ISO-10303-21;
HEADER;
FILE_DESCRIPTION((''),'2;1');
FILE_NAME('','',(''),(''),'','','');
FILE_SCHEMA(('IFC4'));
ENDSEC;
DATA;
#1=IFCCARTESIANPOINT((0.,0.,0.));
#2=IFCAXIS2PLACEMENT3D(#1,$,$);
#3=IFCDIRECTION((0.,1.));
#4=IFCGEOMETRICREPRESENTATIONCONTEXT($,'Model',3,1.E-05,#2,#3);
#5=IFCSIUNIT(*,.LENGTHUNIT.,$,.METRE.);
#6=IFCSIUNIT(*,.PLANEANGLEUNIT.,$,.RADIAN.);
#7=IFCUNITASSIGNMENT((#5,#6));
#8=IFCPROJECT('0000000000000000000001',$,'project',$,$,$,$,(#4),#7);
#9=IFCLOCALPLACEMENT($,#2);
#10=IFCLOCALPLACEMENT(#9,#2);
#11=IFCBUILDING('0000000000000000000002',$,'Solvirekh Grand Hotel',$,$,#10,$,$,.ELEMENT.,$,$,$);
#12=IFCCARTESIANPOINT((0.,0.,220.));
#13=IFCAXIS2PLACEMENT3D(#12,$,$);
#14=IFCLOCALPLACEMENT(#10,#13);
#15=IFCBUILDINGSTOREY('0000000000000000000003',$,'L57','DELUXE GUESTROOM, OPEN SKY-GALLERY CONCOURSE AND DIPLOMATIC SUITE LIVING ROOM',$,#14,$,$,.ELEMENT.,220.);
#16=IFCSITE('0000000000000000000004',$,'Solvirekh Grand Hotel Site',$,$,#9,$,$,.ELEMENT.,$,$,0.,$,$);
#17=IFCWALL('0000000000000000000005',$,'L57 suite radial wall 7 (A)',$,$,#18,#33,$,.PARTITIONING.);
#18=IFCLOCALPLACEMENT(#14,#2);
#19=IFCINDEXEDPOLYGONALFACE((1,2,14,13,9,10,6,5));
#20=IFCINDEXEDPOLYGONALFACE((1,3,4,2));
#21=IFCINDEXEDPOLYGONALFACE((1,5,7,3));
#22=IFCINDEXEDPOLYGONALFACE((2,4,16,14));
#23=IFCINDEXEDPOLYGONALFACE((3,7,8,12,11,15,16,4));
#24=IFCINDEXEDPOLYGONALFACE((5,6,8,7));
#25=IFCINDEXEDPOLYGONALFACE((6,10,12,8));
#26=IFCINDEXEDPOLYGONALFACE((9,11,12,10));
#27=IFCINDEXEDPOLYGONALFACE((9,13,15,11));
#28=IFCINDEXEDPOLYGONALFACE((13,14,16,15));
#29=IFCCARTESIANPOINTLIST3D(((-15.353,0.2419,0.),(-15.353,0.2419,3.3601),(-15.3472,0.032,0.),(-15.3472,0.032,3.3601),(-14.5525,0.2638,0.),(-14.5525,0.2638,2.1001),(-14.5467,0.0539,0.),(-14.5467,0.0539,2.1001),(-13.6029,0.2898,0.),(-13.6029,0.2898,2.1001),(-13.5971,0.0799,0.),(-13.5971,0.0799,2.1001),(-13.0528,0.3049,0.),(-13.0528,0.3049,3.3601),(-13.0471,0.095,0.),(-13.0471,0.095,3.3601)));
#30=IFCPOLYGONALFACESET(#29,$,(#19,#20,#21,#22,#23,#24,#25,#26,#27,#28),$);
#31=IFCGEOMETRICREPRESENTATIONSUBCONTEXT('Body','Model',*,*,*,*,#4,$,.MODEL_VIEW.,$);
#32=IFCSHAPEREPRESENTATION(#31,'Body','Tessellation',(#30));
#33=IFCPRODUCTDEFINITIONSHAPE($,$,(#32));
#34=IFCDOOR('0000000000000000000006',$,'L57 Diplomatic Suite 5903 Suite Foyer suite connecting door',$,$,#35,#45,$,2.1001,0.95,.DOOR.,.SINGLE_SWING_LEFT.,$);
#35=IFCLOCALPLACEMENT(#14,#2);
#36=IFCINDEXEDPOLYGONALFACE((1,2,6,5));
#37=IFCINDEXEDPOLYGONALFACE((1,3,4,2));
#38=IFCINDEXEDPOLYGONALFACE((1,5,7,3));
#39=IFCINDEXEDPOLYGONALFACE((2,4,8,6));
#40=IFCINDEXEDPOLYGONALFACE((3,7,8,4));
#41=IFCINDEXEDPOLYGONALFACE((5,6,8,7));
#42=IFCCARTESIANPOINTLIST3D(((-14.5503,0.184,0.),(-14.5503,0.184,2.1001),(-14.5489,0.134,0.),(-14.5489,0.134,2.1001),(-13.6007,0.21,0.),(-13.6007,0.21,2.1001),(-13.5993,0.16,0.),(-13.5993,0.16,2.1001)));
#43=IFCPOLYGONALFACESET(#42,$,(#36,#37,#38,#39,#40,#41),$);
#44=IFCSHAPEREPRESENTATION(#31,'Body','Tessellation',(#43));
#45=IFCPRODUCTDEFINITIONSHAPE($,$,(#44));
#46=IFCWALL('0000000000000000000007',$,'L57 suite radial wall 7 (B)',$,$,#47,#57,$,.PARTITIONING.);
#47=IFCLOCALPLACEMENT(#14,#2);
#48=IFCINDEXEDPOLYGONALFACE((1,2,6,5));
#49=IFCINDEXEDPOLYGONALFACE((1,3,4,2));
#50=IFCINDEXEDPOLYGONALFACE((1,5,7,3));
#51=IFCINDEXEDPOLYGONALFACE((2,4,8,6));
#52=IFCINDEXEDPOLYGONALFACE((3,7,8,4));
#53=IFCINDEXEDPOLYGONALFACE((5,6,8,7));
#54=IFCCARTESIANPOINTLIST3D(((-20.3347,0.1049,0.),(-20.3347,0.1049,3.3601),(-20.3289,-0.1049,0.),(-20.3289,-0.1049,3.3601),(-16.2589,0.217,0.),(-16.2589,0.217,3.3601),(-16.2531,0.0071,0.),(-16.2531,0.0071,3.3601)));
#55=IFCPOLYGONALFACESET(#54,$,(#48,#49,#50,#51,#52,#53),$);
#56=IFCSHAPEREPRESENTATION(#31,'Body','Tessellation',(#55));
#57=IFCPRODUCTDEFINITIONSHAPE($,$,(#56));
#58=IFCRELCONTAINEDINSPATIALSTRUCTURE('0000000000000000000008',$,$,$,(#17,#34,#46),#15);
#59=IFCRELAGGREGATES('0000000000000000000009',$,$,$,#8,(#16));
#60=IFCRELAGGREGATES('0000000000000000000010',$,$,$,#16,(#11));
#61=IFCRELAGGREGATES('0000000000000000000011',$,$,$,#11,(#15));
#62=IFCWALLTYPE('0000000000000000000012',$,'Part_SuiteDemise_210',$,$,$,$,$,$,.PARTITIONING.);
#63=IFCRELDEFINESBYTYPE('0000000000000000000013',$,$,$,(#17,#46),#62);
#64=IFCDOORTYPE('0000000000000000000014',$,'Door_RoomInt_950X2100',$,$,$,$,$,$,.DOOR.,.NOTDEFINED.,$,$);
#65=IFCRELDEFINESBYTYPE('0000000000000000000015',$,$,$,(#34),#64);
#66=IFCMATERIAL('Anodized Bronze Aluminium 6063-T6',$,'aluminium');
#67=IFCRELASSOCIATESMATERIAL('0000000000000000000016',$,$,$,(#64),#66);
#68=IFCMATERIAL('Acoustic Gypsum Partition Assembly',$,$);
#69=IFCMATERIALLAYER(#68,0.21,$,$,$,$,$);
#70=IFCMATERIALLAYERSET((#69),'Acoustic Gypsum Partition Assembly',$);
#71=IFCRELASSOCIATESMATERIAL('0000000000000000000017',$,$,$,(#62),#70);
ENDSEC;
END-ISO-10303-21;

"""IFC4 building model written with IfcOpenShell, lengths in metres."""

from ifc_helpers import new_model, si_unit, direction, frame, frame_2d, origin, place, context, subcontext, project, spatial, rectangle, extrude, material, layer, layer_set, type_object, element, fill, save


model = new_model("IFC4")

# Units and contexts
model_context = context("Model", 3, precision=1e-05, world=origin(), true_north=direction((0.0, 1.0)))
body_context = subcontext(model_context, "Body", "Model", "MODEL_VIEW")
ifc_project = project(units=[si_unit("LENGTHUNIT", "METRE"), si_unit("PLANEANGLEUNIT", "RADIAN")], contexts=[model_context])

# Site, building, storey
site_placement = place(None, origin())
site = spatial("IfcSite", under=ifc_project, at=site_placement, Name="Solvirekh Grand Hotel Site", CompositionType="ELEMENT", RefElevation=0.0)
building_placement = place(site_placement, origin())
building = spatial("IfcBuilding", under=site, at=building_placement, Name="Solvirekh Grand Hotel", CompositionType="ELEMENT")
storey_placement = place(building_placement, frame((0.0, 0.0, 220.0)))
storey = spatial("IfcBuildingStorey", under=building, at=storey_placement, Name="L57", Description="DELUXE GUESTROOM, OPEN SKY-GALLERY CONCOURSE AND DIPLOMATIC SUITE LIVING ROOM", CompositionType="ELEMENT", Elevation=220.0)

# Shared definitions
ifc_material_1 = material(Name="Anodized Bronze Aluminium 6063-T6", Category="aluminium")

# Shared definitions
ifc_material_2 = material(Name="Acoustic Gypsum Partition Assembly")

# Wall, opening, door
door_type_1 = type_object("IfcDoorType", Name="Door_RoomInt_950X2100", OperationType="NOTDEFINED", PredefinedType="DOOR", material=ifc_material_1)
ifc_layer_1 = layer(ifc_material_2, 0.21)
ifc_layer_set_1 = layer_set([ifc_layer_1], Name="Acoustic Gypsum Partition Assembly")
wall_type_1 = type_object("IfcWallType", Name="Part_SuiteDemise_210", PredefinedType="PARTITIONING", material=ifc_layer_set_1)
wall_1_placement = place(storey_placement, frame((-13.05, 0.2, 0.0), z_axis=(0.0, 0.0, 1.0), x_axis=(-0.999625, -0.027375, 0.0)))
wall_1 = element("IfcWall", 1, at=wall_1_placement, inside=storey, type_object=wall_type_1, Name="L57 suite radial wall 7 (A)", PredefinedType="PARTITIONING", context=body_context, shape_type="SweptSolid", body=[
    extrude(rectangle(XDim=2.301, YDim=0.21, at=frame_2d((1.1504, 0.0))), origin(), (0.0, 0.0, 1.0), 3.3601),
])
opening_1_placement = place(wall_1_placement, frame((0.55, 0.0, 0.0)))
opening_1 = element("IfcOpeningElement", 2, at=opening_1_placement, cuts=wall_1, PredefinedType="OPENING", context=body_context, shape_type="SweptSolid", body=[
    extrude(rectangle(XDim=0.95, YDim=2.1001, at=frame_2d((0.4751, 1.05))), frame((0.0, 0.115, 0.0), z_axis=(0.0, -1.0, 0.0), x_axis=(1.0, 0.0, 0.0)), (0.0, 0.0, 1.0), 0.23),
])
door_1_placement = place(opening_1_placement, origin())
door_1 = element("IfcDoor", 3, at=door_1_placement, inside=storey, type_object=door_type_1, Name="L57 Diplomatic Suite 5903 Suite Foyer suite connecting door", OperationType="SINGLE_SWING_LEFT", OverallHeight=2.1001, OverallWidth=0.95, PredefinedType="DOOR", context=body_context, shape_type="SweptSolid", body=[
    extrude(rectangle(XDim=0.95, YDim=2.1001, at=frame_2d((0.4751, 1.05))), frame((0.0, 0.0249, 0.0), z_axis=(0.0, -1.0, 0.0), x_axis=(1.0, 0.0, 0.0)), (0.0, 0.0, 1.0), 0.05),
])
fill(opening_1, door_1)

# Wall
wall_2_placement = place(storey_placement, frame((-16.2561, 0.1121, 0.0), z_axis=(0.0, 0.0, 1.0), x_axis=(-0.999622, -0.027483, 0.0)))
element("IfcWall", 4, at=wall_2_placement, inside=storey, type_object=wall_type_1, Name="L57 suite radial wall 7 (B)", PredefinedType="PARTITIONING", context=body_context, shape_type="SweptSolid", body=[
    extrude(rectangle(XDim=4.0774, YDim=0.21, at=frame_2d((2.0386, 0.0))), origin(), (0.0, 0.0, 1.0), 3.3601),
])

save(model, "model.ifc")
